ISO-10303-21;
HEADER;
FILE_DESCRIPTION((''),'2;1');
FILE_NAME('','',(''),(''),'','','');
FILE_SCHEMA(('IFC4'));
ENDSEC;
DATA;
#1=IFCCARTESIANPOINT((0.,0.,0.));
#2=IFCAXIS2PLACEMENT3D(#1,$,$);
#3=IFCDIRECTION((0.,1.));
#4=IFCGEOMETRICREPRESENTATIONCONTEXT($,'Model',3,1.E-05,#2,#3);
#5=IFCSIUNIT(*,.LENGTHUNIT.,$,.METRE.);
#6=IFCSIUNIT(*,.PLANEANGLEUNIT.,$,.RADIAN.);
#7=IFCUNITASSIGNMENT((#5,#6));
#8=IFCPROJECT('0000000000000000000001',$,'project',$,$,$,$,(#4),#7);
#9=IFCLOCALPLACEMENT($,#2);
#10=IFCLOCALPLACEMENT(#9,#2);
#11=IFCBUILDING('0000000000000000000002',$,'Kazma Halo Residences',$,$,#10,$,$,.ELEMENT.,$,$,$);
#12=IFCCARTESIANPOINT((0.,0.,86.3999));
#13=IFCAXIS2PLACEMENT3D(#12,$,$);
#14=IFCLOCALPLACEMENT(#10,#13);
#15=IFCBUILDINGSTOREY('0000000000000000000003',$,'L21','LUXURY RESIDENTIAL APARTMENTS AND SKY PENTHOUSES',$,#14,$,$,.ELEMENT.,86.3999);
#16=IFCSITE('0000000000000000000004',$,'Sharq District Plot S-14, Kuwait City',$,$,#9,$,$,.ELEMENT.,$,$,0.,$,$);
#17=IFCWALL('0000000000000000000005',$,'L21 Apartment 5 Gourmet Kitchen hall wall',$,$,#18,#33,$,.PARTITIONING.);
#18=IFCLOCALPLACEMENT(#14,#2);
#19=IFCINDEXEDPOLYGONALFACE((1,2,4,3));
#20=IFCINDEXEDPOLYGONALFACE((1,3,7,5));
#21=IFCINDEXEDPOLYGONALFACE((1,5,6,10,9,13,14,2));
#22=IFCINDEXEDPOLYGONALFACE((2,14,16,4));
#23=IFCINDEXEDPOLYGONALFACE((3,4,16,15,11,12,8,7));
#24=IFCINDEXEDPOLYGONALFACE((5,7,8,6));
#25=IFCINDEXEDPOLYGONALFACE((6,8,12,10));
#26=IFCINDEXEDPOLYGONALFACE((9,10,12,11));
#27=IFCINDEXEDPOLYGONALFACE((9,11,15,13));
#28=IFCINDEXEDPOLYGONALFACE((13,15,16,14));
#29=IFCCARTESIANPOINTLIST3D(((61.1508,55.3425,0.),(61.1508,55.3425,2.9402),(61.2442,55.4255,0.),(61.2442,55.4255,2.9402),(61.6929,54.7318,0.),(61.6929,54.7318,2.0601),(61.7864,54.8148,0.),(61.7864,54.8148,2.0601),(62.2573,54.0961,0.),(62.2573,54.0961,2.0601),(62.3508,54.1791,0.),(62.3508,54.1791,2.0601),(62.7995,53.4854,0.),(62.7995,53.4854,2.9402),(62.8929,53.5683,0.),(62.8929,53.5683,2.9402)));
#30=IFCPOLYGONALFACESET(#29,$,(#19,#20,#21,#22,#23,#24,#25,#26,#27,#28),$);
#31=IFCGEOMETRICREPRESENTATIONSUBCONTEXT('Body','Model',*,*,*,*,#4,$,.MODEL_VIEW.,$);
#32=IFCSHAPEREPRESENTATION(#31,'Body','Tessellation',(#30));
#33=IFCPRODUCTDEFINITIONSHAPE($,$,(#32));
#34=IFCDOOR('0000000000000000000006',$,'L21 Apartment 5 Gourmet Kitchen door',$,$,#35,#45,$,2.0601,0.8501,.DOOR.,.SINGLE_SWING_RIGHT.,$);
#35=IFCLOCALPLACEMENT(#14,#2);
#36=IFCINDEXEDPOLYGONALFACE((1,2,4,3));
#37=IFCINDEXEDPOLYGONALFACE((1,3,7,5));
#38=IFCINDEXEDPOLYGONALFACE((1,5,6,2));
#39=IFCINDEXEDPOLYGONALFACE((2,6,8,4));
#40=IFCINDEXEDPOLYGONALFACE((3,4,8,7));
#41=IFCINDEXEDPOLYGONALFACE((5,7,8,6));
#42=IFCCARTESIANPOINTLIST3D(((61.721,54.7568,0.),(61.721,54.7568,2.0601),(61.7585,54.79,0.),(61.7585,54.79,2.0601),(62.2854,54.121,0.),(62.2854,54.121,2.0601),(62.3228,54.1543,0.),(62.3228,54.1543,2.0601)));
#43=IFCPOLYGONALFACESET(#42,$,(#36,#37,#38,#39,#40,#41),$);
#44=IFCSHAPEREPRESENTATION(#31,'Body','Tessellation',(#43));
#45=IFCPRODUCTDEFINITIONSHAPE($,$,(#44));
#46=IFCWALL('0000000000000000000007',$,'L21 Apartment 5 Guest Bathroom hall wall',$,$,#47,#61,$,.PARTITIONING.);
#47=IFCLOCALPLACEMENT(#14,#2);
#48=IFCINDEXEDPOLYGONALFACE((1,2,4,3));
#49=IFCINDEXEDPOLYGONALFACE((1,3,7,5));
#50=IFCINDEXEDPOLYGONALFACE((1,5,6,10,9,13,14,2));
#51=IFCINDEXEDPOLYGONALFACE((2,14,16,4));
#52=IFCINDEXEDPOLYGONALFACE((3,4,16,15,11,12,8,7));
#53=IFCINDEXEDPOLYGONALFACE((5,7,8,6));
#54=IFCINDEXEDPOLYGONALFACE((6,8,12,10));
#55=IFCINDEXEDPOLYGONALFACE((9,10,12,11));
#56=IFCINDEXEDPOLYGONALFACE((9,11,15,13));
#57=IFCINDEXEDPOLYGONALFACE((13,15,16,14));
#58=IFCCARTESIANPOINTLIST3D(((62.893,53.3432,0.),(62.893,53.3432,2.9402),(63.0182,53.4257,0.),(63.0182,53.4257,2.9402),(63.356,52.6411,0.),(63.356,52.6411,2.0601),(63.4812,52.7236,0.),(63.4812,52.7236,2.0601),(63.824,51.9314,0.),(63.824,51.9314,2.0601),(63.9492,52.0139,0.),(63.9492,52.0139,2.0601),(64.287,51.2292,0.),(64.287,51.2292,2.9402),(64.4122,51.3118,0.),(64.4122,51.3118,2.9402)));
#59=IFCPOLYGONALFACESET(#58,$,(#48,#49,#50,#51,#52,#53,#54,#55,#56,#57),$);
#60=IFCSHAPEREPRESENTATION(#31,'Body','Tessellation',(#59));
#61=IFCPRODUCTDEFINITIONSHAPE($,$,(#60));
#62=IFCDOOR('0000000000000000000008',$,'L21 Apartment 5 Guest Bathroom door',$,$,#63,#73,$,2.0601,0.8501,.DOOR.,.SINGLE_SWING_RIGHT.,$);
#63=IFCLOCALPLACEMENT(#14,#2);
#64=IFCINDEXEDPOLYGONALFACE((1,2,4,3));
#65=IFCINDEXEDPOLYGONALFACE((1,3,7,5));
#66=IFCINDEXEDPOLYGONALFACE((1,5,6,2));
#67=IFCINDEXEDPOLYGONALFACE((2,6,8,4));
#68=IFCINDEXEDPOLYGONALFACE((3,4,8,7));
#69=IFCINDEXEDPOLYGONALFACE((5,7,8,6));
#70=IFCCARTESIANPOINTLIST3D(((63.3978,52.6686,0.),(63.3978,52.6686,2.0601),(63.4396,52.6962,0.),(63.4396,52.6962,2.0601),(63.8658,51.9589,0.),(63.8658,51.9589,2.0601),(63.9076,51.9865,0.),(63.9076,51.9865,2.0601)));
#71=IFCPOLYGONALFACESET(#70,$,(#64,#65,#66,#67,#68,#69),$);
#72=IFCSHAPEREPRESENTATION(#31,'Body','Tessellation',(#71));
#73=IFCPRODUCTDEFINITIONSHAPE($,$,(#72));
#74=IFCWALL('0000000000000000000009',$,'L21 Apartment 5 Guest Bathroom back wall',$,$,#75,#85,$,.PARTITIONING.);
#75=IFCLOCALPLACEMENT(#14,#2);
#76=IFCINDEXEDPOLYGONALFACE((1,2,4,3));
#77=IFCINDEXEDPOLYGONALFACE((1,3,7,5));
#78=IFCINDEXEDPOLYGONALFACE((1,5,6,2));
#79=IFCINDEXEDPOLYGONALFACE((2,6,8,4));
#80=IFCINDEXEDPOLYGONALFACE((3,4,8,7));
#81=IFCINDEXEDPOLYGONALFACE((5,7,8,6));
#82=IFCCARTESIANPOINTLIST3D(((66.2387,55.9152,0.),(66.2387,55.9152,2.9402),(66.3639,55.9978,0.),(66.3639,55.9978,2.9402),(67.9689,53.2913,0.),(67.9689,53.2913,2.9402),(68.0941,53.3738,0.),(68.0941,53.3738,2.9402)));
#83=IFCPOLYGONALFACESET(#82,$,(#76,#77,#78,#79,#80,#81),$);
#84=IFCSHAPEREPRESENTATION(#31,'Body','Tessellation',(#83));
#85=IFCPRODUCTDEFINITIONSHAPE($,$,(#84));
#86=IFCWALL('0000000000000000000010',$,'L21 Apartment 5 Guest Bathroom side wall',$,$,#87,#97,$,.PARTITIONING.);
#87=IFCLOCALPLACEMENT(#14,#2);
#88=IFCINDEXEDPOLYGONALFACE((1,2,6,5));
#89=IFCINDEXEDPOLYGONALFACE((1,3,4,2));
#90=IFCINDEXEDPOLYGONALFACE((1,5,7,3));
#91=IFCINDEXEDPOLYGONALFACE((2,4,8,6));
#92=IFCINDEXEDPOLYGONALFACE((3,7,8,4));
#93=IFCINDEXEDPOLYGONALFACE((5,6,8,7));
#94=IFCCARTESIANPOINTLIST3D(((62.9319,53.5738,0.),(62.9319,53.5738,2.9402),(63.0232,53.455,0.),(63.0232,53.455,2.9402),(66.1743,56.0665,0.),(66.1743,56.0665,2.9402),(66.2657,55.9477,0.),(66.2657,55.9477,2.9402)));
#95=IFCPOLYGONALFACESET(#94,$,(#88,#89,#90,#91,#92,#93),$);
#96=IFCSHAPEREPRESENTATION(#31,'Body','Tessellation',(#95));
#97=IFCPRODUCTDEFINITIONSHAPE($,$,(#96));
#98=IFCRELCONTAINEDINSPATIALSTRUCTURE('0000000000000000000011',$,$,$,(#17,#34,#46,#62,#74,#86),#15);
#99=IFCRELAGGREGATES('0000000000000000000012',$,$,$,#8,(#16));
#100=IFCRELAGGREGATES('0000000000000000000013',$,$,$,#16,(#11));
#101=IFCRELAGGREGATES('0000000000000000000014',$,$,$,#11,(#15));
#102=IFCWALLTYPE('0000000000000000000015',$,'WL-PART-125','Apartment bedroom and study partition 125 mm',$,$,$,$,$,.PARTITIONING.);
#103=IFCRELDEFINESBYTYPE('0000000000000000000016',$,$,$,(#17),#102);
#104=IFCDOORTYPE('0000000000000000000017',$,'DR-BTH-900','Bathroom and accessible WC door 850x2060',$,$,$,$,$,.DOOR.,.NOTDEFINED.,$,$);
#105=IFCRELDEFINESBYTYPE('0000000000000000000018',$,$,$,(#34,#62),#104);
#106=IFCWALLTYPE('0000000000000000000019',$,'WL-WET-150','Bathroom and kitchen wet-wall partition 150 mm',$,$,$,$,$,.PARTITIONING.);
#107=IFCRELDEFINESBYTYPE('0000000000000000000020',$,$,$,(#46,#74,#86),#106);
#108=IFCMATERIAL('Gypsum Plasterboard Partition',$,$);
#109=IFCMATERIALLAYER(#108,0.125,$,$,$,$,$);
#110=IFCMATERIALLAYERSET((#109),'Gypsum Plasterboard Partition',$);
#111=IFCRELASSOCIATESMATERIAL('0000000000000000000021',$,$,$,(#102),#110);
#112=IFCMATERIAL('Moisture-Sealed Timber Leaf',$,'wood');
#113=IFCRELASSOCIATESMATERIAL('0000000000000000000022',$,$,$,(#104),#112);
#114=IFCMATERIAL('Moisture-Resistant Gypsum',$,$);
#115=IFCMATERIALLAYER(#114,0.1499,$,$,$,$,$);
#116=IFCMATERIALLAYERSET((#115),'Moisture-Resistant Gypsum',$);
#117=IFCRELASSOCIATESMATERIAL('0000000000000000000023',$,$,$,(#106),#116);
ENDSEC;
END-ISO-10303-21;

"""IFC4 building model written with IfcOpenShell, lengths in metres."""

from ifc_helpers import new_model, si_unit, direction, frame, frame_2d, origin, place, context, subcontext, project, spatial, rectangle, extrude, material, layer, layer_set, type_object, element, fill, save


model = new_model("IFC4")

# Units and contexts
model_context = context("Model", 3, precision=1e-05, world=origin(), true_north=direction((0.0, 1.0)))
body_context = subcontext(model_context, "Body", "Model", "MODEL_VIEW")
ifc_project = project(units=[si_unit("LENGTHUNIT", "METRE"), si_unit("PLANEANGLEUNIT", "RADIAN")], contexts=[model_context])

# Site, building, storey
site_placement = place(None, origin())
site = spatial("IfcSite", under=ifc_project, at=site_placement, Name="Sharq District Plot S-14, Kuwait City", CompositionType="ELEMENT", RefElevation=0.0)
building_placement = place(site_placement, origin())
building = spatial("IfcBuilding", under=site, at=building_placement, Name="Kazma Halo Residences", CompositionType="ELEMENT")
storey_placement = place(building_placement, frame((0.0, 0.0, 86.3999)))
storey = spatial("IfcBuildingStorey", under=building, at=storey_placement, Name="L21", Description="LUXURY RESIDENTIAL APARTMENTS AND SKY PENTHOUSES", CompositionType="ELEMENT", Elevation=86.3999)

# Shared definitions
ifc_material_1 = material(Name="Gypsum Plasterboard Partition")
ifc_layer_1 = layer(ifc_material_1, 0.125)
ifc_layer_set_1 = layer_set([ifc_layer_1], Name="Gypsum Plasterboard Partition")
wall_type_1 = type_object("IfcWallType", Name="WL-PART-125", Description="Apartment bedroom and study partition 125 mm", PredefinedType="PARTITIONING", material=ifc_layer_set_1)

# Walls, openings, doors
wall_1_placement = place(storey_placement, frame((62.8462, 53.5269, 0.0), z_axis=(0.0, 0.0, 1.0), x_axis=(-0.663882, 0.747838, 0.0)))
wall_1 = element("IfcWall", 1, at=wall_1_placement, inside=storey, type_object=wall_type_1, Name="L21 Apartment 5 Gourmet Kitchen hall wall", PredefinedType="PARTITIONING", context=body_context, shape_type="SweptSolid", body=[
    extrude(rectangle(XDim=2.4834, YDim=0.125, at=frame_2d((1.2417, 0.0))), origin(), (0.0, 0.0, 1.0), 2.9402),
])
opening_1_placement = place(wall_1_placement, frame((0.8167, 0.0, 0.0)))
opening_1 = element("IfcOpeningElement", 2, at=opening_1_placement, cuts=wall_1, PredefinedType="OPENING", context=body_context, shape_type="SweptSolid", body=[
    extrude(rectangle(XDim=0.8501, YDim=2.0601, at=frame_2d((0.425, 1.03))), frame((0.0, 0.0725, 0.0), z_axis=(0.0, -1.0, 0.0), x_axis=(1.0, 0.0, 0.0)), (0.0, 0.0, 1.0), 0.145),
])
ifc_material_2 = material(Name="Moisture-Sealed Timber Leaf", Category="wood")
door_type_1 = type_object("IfcDoorType", Name="DR-BTH-900", Description="Bathroom and accessible WC door 850x2060", OperationType="NOTDEFINED", PredefinedType="DOOR", material=ifc_material_2)
door_1_placement = place(opening_1_placement, origin())
door_1 = element("IfcDoor", 3, at=door_1_placement, inside=storey, type_object=door_type_1, Name="L21 Apartment 5 Gourmet Kitchen door", OperationType="SINGLE_SWING_RIGHT", OverallHeight=2.0601, OverallWidth=0.8501, PredefinedType="DOOR", context=body_context, shape_type="SweptSolid", body=[
    extrude(rectangle(XDim=0.8501, YDim=2.0601, at=frame_2d((0.425, 1.03))), frame((0.0, 0.0249, 0.0), z_axis=(0.0, -1.0, 0.0), x_axis=(1.0, 0.0, 0.0)), (0.0, 0.0, 1.0), 0.05),
])
fill(opening_1, door_1)
ifc_material_3 = material(Name="Moisture-Resistant Gypsum")
ifc_layer_2 = layer(ifc_material_3, 0.1499)
ifc_layer_set_2 = layer_set([ifc_layer_2], Name="Moisture-Resistant Gypsum")
wall_type_2 = type_object("IfcWallType", Name="WL-WET-150", Description="Bathroom and kitchen wet-wall partition 150 mm", PredefinedType="PARTITIONING", material=ifc_layer_set_2)
wall_2_placement = place(storey_placement, frame((64.3496, 51.2705, 0.0), z_axis=(0.0, 0.0, 1.0), x_axis=(-0.55051, 0.834828, 0.0)))
wall_2 = element("IfcWall", 4, at=wall_2_placement, inside=storey, type_object=wall_type_2, Name="L21 Apartment 5 Guest Bathroom hall wall", PredefinedType="PARTITIONING", context=body_context, shape_type="SweptSolid", body=[
    extrude(rectangle(XDim=2.5322, YDim=0.1499, at=frame_2d((1.2661, 0.0))), origin(), (0.0, 0.0, 1.0), 2.9402),
])
opening_2_placement = place(wall_2_placement, frame((0.8411, 0.0, 0.0)))
opening_2 = element("IfcOpeningElement", 5, at=opening_2_placement, cuts=wall_2, PredefinedType="OPENING", context=body_context, shape_type="SweptSolid", body=[
    extrude(rectangle(XDim=0.8501, YDim=2.0601, at=frame_2d((0.425, 1.03))), frame((0.0, 0.085, 0.0), z_axis=(0.0, -1.0, 0.0), x_axis=(1.0, 0.0, 0.0)), (0.0, 0.0, 1.0), 0.1699),
])
door_2_placement = place(opening_2_placement, origin())
door_2 = element("IfcDoor", 6, at=door_2_placement, inside=storey, type_object=door_type_1, Name="L21 Apartment 5 Guest Bathroom door", OperationType="SINGLE_SWING_RIGHT", OverallHeight=2.0601, OverallWidth=0.8501, PredefinedType="DOOR", context=body_context, shape_type="SweptSolid", body=[
    extrude(rectangle(XDim=0.8501, YDim=2.0601, at=frame_2d((0.425, 1.03))), frame((0.0, 0.0249, 0.0), z_axis=(0.0, -1.0, 0.0), x_axis=(1.0, 0.0, 0.0)), (0.0, 0.0, 1.0), 0.05),
])
fill(opening_2, door_2)

# Walls
wall_3_placement = place(storey_placement, frame((68.0315, 53.3325, 0.0), z_axis=(0.0, 0.0, 1.0), x_axis=(-0.550481, 0.834848, 0.0)))
element("IfcWall", 7, at=wall_3_placement, inside=storey, type_object=wall_type_2, Name="L21 Apartment 5 Guest Bathroom back wall", PredefinedType="PARTITIONING", context=body_context, shape_type="SweptSolid", body=[
    extrude(rectangle(XDim=3.1431, YDim=0.1499, at=frame_2d((1.5715, 0.0))), origin(), (0.0, 0.0, 1.0), 2.9402),
])
wall_4_placement = place(storey_placement, frame((62.9775, 53.5144, 0.0), z_axis=(0.0, 0.0, 1.0), x_axis=(0.792801, 0.60948, 0.0)))
element("IfcWall", 8, at=wall_4_placement, inside=storey, type_object=wall_type_2, Name="L21 Apartment 5 Guest Bathroom side wall", PredefinedType="PARTITIONING", context=body_context, shape_type="SweptSolid", body=[
    extrude(rectangle(XDim=4.0898, YDim=0.1499, at=frame_2d((2.0449, 0.0))), origin(), (0.0, 0.0, 1.0), 2.9402),
])

save(model, "model.ifc")
